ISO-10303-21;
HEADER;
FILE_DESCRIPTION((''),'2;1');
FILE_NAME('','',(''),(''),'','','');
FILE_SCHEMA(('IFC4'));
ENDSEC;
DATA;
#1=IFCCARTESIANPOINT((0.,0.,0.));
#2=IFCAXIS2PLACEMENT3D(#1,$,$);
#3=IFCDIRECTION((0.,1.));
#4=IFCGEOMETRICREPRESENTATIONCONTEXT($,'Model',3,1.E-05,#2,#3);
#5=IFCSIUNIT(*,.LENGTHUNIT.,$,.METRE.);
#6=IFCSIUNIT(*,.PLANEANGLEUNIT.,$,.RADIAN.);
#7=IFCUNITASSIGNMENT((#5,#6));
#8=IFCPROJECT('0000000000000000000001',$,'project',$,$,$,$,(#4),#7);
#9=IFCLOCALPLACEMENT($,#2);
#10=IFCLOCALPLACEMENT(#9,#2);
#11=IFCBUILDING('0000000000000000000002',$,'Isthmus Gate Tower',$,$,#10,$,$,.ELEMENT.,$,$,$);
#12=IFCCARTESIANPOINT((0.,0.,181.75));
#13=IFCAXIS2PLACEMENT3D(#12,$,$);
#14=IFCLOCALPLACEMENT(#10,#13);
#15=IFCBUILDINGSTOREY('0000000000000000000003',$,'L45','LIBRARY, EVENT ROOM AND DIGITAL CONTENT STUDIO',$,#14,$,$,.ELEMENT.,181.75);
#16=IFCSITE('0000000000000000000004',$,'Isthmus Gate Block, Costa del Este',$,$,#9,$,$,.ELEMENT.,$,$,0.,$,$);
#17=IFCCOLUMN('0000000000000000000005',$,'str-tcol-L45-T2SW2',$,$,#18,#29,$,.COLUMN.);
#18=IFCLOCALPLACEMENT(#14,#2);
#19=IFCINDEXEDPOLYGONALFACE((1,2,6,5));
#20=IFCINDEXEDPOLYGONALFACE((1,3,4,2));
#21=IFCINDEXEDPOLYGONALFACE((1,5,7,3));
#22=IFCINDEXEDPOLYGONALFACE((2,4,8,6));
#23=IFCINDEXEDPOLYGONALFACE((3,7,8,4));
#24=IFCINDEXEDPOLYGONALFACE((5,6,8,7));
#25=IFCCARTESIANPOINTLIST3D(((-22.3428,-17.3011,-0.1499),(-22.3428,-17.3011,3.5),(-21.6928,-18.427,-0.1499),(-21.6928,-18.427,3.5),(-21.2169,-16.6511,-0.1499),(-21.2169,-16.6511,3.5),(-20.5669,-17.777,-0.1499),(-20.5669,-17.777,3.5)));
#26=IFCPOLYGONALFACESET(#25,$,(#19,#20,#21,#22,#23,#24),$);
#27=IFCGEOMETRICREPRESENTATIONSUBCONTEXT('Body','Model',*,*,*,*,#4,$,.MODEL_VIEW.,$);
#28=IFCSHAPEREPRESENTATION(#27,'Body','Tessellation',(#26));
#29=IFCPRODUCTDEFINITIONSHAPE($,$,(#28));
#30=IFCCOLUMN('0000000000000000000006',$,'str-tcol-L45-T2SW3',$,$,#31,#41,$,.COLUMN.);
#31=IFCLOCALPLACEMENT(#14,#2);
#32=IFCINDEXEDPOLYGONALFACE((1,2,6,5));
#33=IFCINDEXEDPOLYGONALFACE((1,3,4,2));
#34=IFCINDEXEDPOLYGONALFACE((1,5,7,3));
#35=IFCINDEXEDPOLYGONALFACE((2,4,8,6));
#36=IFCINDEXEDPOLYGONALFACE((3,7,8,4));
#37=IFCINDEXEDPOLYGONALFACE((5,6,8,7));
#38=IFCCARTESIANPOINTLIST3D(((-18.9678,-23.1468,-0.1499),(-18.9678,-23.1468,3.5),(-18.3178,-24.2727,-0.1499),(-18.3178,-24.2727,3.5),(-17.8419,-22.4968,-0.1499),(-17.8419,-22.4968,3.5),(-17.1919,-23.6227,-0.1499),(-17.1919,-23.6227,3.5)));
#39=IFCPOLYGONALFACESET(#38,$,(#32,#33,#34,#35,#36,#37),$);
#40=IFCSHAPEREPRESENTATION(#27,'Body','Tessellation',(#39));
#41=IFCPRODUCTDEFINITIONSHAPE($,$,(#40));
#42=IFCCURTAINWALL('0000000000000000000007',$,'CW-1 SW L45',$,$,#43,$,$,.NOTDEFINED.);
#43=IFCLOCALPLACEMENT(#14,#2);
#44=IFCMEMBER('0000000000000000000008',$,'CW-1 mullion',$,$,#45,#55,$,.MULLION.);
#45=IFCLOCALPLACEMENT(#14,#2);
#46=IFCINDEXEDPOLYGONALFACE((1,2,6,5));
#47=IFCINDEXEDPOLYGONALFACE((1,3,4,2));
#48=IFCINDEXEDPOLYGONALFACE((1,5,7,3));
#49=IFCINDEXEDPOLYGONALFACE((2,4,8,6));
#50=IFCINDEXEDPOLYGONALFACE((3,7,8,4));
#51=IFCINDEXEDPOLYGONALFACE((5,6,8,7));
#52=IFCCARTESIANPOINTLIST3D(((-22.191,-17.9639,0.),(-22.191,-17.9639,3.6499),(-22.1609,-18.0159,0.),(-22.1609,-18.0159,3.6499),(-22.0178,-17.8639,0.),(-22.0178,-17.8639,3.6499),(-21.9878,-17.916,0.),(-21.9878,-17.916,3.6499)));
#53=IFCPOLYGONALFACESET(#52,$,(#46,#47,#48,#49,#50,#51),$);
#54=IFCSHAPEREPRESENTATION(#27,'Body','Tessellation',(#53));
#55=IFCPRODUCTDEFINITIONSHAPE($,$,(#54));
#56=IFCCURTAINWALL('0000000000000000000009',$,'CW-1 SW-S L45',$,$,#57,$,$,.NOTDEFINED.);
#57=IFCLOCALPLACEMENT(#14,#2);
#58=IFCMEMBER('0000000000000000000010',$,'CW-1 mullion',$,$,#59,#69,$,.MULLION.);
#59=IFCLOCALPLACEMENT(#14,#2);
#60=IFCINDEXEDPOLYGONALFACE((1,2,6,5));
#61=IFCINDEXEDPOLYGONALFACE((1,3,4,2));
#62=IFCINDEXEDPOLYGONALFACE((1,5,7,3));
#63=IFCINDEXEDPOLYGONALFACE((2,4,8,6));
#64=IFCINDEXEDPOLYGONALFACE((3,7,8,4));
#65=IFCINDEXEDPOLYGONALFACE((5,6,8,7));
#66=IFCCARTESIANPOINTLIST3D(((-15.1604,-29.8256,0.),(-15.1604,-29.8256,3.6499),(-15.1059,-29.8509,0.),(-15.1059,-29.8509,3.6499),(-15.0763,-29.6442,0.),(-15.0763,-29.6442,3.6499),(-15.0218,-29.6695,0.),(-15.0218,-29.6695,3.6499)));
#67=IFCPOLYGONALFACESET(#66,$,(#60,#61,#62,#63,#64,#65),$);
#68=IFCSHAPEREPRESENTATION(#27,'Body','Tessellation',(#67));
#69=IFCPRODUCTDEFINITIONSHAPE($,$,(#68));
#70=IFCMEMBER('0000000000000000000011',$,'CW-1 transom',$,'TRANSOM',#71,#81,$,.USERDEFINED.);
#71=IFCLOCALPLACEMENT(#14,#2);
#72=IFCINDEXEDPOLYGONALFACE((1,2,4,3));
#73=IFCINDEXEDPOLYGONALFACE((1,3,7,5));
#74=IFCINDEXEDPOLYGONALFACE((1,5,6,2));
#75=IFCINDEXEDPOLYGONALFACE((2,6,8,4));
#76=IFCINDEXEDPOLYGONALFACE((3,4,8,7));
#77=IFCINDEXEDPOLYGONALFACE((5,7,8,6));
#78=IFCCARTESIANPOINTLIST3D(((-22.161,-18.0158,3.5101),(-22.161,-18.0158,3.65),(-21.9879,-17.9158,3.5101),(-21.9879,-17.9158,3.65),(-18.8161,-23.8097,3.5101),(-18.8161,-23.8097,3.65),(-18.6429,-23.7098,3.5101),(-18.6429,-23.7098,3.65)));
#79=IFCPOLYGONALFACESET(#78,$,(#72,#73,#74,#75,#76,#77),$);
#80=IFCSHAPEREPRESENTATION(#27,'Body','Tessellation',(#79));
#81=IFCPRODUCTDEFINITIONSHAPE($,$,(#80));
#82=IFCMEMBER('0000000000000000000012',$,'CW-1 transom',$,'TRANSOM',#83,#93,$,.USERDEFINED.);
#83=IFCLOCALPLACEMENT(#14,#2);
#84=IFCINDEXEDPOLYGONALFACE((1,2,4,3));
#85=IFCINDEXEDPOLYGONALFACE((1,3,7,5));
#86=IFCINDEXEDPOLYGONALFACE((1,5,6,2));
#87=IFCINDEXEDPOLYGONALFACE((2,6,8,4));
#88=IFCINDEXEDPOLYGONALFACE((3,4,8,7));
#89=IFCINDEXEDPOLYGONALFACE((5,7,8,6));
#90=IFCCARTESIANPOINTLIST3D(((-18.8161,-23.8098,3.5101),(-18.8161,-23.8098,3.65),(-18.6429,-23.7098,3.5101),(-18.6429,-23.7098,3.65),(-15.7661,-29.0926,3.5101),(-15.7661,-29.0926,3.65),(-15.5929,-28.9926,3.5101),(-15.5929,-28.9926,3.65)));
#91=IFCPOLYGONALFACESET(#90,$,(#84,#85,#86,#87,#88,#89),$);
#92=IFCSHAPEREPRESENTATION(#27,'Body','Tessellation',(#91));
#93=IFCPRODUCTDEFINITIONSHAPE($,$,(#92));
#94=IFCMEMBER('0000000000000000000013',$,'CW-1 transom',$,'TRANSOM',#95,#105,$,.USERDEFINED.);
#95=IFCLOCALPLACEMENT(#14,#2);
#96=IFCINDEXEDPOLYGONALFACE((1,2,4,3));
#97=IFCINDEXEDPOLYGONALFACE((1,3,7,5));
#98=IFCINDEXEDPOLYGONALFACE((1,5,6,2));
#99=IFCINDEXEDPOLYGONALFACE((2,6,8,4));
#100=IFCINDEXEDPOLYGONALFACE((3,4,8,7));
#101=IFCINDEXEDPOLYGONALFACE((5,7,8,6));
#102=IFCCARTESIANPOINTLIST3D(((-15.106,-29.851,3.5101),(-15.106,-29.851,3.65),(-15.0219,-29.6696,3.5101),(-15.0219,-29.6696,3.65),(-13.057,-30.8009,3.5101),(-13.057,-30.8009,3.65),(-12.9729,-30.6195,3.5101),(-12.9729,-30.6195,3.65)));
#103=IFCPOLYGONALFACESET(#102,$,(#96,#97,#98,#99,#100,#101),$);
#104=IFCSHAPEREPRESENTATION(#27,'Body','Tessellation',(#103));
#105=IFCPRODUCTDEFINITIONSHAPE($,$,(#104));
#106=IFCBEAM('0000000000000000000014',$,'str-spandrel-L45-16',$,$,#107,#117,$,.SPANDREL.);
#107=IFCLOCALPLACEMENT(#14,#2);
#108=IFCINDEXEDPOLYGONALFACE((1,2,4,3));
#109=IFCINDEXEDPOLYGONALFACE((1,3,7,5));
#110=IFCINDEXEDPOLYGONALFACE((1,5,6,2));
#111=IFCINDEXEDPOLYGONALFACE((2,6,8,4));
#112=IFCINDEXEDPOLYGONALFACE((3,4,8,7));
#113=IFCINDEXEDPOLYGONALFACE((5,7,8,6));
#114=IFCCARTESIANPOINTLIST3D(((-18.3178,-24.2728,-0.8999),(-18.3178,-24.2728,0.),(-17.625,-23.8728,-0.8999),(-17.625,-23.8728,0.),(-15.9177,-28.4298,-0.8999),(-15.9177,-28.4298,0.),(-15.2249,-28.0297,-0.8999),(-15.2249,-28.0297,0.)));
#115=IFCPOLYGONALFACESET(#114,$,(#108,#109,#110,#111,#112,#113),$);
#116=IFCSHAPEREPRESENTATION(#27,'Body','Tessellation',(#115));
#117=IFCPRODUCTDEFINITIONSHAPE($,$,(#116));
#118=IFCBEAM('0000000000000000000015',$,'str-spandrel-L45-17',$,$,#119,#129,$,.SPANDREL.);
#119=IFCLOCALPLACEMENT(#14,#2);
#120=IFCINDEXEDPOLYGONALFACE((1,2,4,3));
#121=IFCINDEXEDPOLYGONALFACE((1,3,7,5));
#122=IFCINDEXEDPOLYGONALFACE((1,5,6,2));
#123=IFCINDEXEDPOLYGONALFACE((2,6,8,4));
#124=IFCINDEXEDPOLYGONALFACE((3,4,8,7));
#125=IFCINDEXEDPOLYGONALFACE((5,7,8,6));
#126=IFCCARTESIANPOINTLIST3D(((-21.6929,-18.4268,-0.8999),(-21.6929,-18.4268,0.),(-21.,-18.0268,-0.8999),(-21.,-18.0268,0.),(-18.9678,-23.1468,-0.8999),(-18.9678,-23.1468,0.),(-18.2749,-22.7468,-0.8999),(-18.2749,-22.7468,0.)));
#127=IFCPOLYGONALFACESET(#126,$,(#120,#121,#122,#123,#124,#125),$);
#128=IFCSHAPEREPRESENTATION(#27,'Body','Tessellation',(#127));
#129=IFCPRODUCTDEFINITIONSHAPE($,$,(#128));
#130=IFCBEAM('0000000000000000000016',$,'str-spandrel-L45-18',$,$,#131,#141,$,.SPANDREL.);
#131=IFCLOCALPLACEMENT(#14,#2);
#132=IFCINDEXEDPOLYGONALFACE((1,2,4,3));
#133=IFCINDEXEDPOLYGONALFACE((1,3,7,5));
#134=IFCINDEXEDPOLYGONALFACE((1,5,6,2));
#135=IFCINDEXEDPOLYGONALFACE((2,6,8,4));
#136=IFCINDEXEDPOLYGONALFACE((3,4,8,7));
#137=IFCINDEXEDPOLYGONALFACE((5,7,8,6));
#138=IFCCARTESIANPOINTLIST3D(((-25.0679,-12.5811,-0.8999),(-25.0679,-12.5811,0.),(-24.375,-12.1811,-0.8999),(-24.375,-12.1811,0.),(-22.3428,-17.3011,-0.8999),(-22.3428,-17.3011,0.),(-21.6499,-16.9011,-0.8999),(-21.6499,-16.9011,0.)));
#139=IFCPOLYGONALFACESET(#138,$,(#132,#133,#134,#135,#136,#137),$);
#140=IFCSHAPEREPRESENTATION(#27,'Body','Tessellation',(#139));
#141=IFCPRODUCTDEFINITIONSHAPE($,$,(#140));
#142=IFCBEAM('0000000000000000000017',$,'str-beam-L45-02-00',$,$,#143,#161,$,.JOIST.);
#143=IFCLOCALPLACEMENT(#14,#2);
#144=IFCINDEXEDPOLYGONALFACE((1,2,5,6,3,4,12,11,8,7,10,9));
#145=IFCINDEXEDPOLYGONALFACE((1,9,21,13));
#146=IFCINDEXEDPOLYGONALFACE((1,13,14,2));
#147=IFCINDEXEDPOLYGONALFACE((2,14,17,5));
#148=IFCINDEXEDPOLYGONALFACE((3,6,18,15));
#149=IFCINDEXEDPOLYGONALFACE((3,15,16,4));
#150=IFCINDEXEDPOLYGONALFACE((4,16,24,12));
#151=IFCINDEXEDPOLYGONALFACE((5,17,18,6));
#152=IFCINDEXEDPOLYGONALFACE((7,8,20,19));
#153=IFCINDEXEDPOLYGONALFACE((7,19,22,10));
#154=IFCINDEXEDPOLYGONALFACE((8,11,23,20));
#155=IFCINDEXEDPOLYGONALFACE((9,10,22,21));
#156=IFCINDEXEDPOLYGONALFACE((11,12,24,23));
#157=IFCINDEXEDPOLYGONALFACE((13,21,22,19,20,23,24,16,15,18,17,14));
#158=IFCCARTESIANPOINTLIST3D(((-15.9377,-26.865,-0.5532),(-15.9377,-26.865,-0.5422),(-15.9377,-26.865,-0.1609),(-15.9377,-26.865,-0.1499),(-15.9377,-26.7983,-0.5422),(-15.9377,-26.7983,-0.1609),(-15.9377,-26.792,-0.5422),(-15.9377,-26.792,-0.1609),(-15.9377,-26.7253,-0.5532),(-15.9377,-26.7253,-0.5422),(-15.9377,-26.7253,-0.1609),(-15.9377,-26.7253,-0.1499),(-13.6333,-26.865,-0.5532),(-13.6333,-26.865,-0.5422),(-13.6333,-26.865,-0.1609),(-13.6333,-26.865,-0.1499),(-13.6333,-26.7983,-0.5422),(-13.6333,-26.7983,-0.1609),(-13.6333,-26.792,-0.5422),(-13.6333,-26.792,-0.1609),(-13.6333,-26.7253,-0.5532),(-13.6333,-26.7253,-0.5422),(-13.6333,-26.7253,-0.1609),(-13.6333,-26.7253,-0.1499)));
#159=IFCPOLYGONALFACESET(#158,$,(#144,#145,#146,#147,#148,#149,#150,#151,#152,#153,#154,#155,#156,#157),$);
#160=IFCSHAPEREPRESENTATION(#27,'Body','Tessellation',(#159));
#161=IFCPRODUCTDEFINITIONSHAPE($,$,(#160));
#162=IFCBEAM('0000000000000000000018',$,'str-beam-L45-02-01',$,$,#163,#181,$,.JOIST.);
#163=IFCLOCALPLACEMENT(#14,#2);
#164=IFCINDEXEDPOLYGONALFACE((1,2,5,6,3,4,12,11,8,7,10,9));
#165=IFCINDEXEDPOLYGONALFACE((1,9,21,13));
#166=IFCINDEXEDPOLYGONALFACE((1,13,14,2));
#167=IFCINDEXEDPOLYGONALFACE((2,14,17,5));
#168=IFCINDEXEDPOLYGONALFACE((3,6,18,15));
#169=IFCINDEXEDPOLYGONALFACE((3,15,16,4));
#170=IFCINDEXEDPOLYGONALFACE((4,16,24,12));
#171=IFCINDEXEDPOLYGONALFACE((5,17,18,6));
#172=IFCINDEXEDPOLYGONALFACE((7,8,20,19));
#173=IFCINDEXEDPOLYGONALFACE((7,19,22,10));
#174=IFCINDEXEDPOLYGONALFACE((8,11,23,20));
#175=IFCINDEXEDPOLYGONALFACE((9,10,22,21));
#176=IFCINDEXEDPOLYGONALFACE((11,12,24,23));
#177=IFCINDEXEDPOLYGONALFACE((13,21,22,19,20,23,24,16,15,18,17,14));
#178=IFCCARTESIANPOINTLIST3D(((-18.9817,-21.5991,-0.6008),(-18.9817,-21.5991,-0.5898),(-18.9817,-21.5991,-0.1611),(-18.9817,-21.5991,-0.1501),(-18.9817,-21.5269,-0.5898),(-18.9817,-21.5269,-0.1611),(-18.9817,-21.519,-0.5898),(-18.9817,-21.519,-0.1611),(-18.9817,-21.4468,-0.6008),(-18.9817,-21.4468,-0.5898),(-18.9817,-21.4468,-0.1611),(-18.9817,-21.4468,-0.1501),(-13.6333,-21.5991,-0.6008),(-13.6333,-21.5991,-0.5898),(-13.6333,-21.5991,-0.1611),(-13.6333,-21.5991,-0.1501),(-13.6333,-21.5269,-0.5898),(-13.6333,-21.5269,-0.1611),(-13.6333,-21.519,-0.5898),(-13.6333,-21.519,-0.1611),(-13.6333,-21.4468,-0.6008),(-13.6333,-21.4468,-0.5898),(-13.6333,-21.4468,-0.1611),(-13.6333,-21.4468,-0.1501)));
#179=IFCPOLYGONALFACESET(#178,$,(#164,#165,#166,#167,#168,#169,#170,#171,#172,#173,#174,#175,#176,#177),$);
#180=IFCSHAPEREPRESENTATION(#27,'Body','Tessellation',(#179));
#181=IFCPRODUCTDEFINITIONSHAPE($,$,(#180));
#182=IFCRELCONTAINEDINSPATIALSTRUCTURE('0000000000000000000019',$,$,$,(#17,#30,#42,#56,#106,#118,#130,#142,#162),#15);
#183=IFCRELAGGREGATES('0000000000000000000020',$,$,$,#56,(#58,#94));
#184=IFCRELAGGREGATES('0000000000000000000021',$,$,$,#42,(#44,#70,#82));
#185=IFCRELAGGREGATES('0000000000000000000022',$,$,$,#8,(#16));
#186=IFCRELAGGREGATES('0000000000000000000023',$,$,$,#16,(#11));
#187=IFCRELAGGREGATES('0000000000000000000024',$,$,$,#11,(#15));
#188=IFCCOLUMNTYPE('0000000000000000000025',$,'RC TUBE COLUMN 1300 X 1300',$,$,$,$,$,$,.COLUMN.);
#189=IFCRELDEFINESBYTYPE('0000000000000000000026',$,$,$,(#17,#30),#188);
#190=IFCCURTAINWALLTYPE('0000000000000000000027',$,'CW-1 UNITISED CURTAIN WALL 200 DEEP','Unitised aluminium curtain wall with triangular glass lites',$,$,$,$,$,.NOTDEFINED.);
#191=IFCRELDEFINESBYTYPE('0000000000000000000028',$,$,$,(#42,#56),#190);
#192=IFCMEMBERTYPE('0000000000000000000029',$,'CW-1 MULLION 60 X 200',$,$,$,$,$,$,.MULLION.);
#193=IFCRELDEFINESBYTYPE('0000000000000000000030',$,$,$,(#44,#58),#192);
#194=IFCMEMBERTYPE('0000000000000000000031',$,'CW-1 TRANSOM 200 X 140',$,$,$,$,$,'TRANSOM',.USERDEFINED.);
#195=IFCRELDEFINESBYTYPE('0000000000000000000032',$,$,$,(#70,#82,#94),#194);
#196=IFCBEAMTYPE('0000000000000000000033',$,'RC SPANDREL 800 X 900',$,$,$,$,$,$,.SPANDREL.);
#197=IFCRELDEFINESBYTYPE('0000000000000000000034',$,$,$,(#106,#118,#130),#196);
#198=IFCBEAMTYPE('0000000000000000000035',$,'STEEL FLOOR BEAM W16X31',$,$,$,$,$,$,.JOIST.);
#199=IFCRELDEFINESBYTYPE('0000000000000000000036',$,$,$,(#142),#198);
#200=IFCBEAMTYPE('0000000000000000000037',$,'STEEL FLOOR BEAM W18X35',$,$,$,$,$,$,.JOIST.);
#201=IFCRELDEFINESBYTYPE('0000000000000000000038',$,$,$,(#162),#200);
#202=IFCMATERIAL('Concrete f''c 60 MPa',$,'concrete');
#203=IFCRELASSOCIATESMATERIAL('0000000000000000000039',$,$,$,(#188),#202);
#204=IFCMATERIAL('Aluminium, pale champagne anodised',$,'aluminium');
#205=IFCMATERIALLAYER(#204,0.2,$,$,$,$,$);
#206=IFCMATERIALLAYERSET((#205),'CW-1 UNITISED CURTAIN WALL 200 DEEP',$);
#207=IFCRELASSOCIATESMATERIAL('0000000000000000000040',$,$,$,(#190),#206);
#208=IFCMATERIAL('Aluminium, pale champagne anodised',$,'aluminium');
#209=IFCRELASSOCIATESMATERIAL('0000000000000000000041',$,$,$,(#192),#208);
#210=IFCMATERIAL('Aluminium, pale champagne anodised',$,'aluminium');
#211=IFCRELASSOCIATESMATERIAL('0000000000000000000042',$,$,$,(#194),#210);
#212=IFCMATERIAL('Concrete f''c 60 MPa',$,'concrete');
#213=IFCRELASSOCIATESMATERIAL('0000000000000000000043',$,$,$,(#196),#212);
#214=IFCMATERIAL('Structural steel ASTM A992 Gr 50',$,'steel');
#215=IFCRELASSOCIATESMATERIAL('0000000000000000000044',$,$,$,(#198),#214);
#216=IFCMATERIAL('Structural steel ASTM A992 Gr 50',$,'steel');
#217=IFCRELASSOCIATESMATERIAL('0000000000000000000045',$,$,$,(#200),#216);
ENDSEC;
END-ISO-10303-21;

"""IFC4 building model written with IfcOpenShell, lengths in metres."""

from ifc_helpers import new_model, si_unit, direction, frame, origin, origin_2d, place, context, subcontext, project, spatial, rectangle, i_section, extrude, material, layer, layer_set, material_profile, profile_set, type_object, element, aggregate, save


model = new_model("IFC4")

# Units and contexts
model_context = context("Model", 3, precision=1e-05, world=origin(), true_north=direction((0.0, 1.0)))
body_context = subcontext(model_context, "Body", "Model", "MODEL_VIEW")
ifc_project = project(units=[si_unit("LENGTHUNIT", "METRE"), si_unit("PLANEANGLEUNIT", "RADIAN")], contexts=[model_context])

# Site, building, storey
site_placement = place(None, origin())
site = spatial("IfcSite", under=ifc_project, at=site_placement, Name="Isthmus Gate Block, Costa del Este", CompositionType="ELEMENT", RefElevation=0.0)
building_placement = place(site_placement, origin())
building = spatial("IfcBuilding", under=site, at=building_placement, Name="Isthmus Gate Tower", CompositionType="ELEMENT")
storey_placement = place(building_placement, frame((0.0, 0.0, 181.75)))
storey = spatial("IfcBuildingStorey", under=building, at=storey_placement, Name="L45", Description="LIBRARY, EVENT ROOM AND DIGITAL CONTENT STUDIO", CompositionType="ELEMENT", Elevation=181.75)

# Columns
ifc_material_1 = material(Name="Concrete f'c 60 MPa", Category="concrete")
ifc_material_profile_1 = material_profile(ifc_material_1, rectangle(XDim=1.3, YDim=1.3, at=origin_2d()), Name="RC 1300X1300")
ifc_profile_set_1 = profile_set([ifc_material_profile_1], Name="Concrete f'c 60 MPa")
column_type = type_object("IfcColumnType", Name="RC TUBE COLUMN 1300 X 1300", PredefinedType="COLUMN", material=ifc_profile_set_1)
for number, where, z_axis, x_axis, name in (
    (1, (-21.4548, -17.5391, -0.1499), (0.0, 0.0, 1.0), (0.5, -0.866025, 0.0), "str-tcol-L45-T2SW2"),
    (2, (-18.0798, -23.3848, -0.1499), (0.0, 0.0, 1.0), (0.5, -0.866025, 0.0), "str-tcol-L45-T2SW3"),
):
    element("IfcColumn", number, at=place(storey_placement, frame(where, z_axis=z_axis, x_axis=x_axis)), inside=storey, type_object=column_type, Name=name, PredefinedType="COLUMN", context=body_context, shape_type="SweptSolid", body=[
        extrude(rectangle(XDim=1.3, YDim=1.3, at=origin_2d()), origin(), (0.0, 0.0, 1.0), 3.6499),
    ])

# Curtain walls, members
ifc_material_2 = material(Name="Aluminium, pale champagne anodised", Category="aluminium")
ifc_layer_1 = layer(ifc_material_2, 0.2)
ifc_layer_set_1 = layer_set([ifc_layer_1], Name="CW-1 UNITISED CURTAIN WALL 200 DEEP")
curtain_wall_type = type_object("IfcCurtainWallType", Name="CW-1 UNITISED CURTAIN WALL 200 DEEP", Description="Unitised aluminium curtain wall with triangular glass lites", PredefinedType="NOTDEFINED", material=ifc_layer_set_1)
curtain_wall_1_placement = place(storey_placement, origin())
curtain_wall_1 = element("IfcCurtainWall", 3, at=curtain_wall_1_placement, inside=storey, type_object=curtain_wall_type, Name="CW-1 SW L45", PredefinedType="NOTDEFINED")
ifc_material_3 = material(Name="Aluminium, pale champagne anodised", Category="aluminium")
ifc_material_profile_2 = material_profile(ifc_material_3, rectangle(XDim=0.0601, YDim=0.2, at=origin_2d()), Name="60x200")
ifc_profile_set_2 = profile_set([ifc_material_profile_2], Name="Aluminium, pale champagne anodised")
member_type_1 = type_object("IfcMemberType", Name="CW-1 MULLION 60 X 200", PredefinedType="MULLION", material=ifc_profile_set_2)
member_1_placement = place(storey_placement, frame((-22.0894, -17.9399, 0.0), z_axis=(0.0, 0.0, 1.0), x_axis=(0.5, -0.866025, 0.0)))
member_1 = element("IfcMember", 4, at=member_1_placement, type_object=member_type_1, Name="CW-1 mullion", PredefinedType="MULLION", context=body_context, shape_type="SweptSolid", body=[
    extrude(rectangle(XDim=0.0601, YDim=0.2, at=origin_2d()), origin(), (0.0, 0.0, 1.0), 3.6499),
])
curtain_wall_2_placement = place(storey_placement, origin())
curtain_wall_2 = element("IfcCurtainWall", 5, at=curtain_wall_2_placement, inside=storey, type_object=curtain_wall_type, Name="CW-1 SW-S L45", PredefinedType="NOTDEFINED")
member_2_placement = place(storey_placement, frame((-15.0911, -29.7476, 0.0), z_axis=(0.0, 0.0, 1.0), x_axis=(0.907256, -0.420578, 0.0)))
member_2 = element("IfcMember", 6, at=member_2_placement, type_object=member_type_1, Name="CW-1 mullion", PredefinedType="MULLION", context=body_context, shape_type="SweptSolid", body=[
    extrude(rectangle(XDim=0.0601, YDim=0.2, at=origin_2d()), origin(), (0.0, 0.0, 1.0), 3.6499),
])

# Members
ifc_material_4 = material(Name="Aluminium, pale champagne anodised", Category="aluminium")
ifc_material_profile_3 = material_profile(ifc_material_4, rectangle(XDim=0.2, YDim=0.1399, at=origin_2d()), Name="200x140")
ifc_profile_set_3 = profile_set([ifc_material_profile_3], Name="Aluminium, pale champagne anodised")
member_type_2 = type_object("IfcMemberType", Name="CW-1 TRANSOM 200 X 140", ElementType="TRANSOM", PredefinedType="USERDEFINED", material=ifc_profile_set_3)
member_3_placement = place(storey_placement, frame((-22.0745, -17.9658, 3.5801), z_axis=(0.499981, -0.866036, 0.0), x_axis=(0.866036, 0.499981, 0.0)))
member_3 = element("IfcMember", 7, at=member_3_placement, type_object=member_type_2, Name="CW-1 transom", ObjectType="TRANSOM", PredefinedType="USERDEFINED", context=body_context, shape_type="SweptSolid", body=[
    extrude(rectangle(XDim=0.2, YDim=0.1399, at=origin_2d()), origin(), (0.0, 0.0, 1.0), 6.6902),
])
member_4_placement = place(storey_placement, frame((-18.7295, -23.7598, 3.5801), z_axis=(0.499992, -0.86603, 0.0), x_axis=(0.86603, 0.499992, 0.0)))
member_4 = element("IfcMember", 8, at=member_4_placement, type_object=member_type_2, Name="CW-1 transom", ObjectType="TRANSOM", PredefinedType="USERDEFINED", context=body_context, shape_type="SweptSolid", body=[
    extrude(rectangle(XDim=0.2, YDim=0.1399, at=origin_2d()), origin(), (0.0, 0.0, 1.0), 6.1001),
])
member_5_placement = place(storey_placement, frame((-15.064, -29.7603, 3.5801), z_axis=(0.907246, -0.4206, 0.0), x_axis=(0.4206, 0.907246, 0.0)))
member_5 = element("IfcMember", 9, at=member_5_placement, type_object=member_type_2, Name="CW-1 transom", ObjectType="TRANSOM", PredefinedType="USERDEFINED", context=body_context, shape_type="SweptSolid", body=[
    extrude(rectangle(XDim=0.2, YDim=0.1399, at=origin_2d()), origin(), (0.0, 0.0, 1.0), 2.2585),
])
aggregate(curtain_wall_2, [member_2, member_5])

# Beams
ifc_material_5 = material(Name="Concrete f'c 60 MPa", Category="concrete")
ifc_material_profile_4 = material_profile(ifc_material_5, rectangle(XDim=0.8, YDim=0.8999, at=origin_2d()), Name="RC 800X900")
ifc_profile_set_4 = profile_set([ifc_material_profile_4], Name="Concrete f'c 60 MPa")
beam_type_1 = type_object("IfcBeamType", Name="RC SPANDREL 800 X 900", PredefinedType="SPANDREL", material=ifc_profile_set_4)
beam_1_placement = place(storey_placement, frame((-15.5713, -28.2297, -0.45), z_axis=(-0.500017, 0.866015, 0.0), x_axis=(-0.866015, -0.500017, 0.0)))
element("IfcBeam", 10, at=beam_1_placement, inside=storey, type_object=beam_type_1, Name="str-spandrel-L45-16", PredefinedType="SPANDREL", context=body_context, shape_type="SweptSolid", body=[
    extrude(rectangle(XDim=0.8, YDim=0.8999, at=origin_2d()), origin(), (0.0, 0.0, 1.0), 4.8),
])
for number, where, z_axis, x_axis, name in (
    (11, (-18.6213, -22.9468, -0.45), (-0.500003, 0.866024, 0.0), (-0.866024, -0.500003, 0.0), "str-spandrel-L45-17"),
    (12, (-21.9963, -17.1011, -0.45), (-0.500003, 0.866024, 0.0), (-0.866024, -0.500003, 0.0), "str-spandrel-L45-18"),
):
    element("IfcBeam", number, at=place(storey_placement, frame(where, z_axis=z_axis, x_axis=x_axis)), inside=storey, type_object=beam_type_1, Name=name, PredefinedType="SPANDREL", context=body_context, shape_type="SweptSolid", body=[
        extrude(rectangle(XDim=0.8, YDim=0.8999, at=origin_2d()), origin(), (0.0, 0.0, 1.0), 5.4502),
    ])
ifc_material_6 = material(Name="Structural steel ASTM A992 Gr 50", Category="steel")
ifc_material_profile_5 = material_profile(ifc_material_6, i_section(OverallWidth=0.1396, OverallDepth=0.4033, WebThickness=0.0063, FlangeThickness=0.011, at=origin_2d()), Name="W16X31")
ifc_profile_set_5 = profile_set([ifc_material_profile_5], Name="Structural steel ASTM A992 Gr 50")
beam_type_2 = type_object("IfcBeamType", Name="STEEL FLOOR BEAM W16X31", PredefinedType="JOIST", material=ifc_profile_set_5)
beam_2_placement = place(storey_placement, frame((-15.9377, -26.7952, -0.3516), z_axis=(1.0, 0.0, 0.0), x_axis=(0.0, 1.0, 0.0)))
element("IfcBeam", 13, at=beam_2_placement, inside=storey, type_object=beam_type_2, Name="str-beam-L45-02-00", PredefinedType="JOIST", context=body_context, shape_type="SweptSolid", body=[
    extrude(i_section(OverallWidth=0.1396, OverallDepth=0.4033, WebThickness=0.0063, FlangeThickness=0.011, at=origin_2d()), origin(), (0.0, 0.0, 1.0), 2.3044),
])
ifc_material_7 = material(Name="Structural steel ASTM A992 Gr 50", Category="steel")
ifc_material_profile_6 = material_profile(ifc_material_7, i_section(OverallWidth=0.1523, OverallDepth=0.4507, WebThickness=0.0078, FlangeThickness=0.011, at=origin_2d()), Name="W18X35")
ifc_profile_set_6 = profile_set([ifc_material_profile_6], Name="Structural steel ASTM A992 Gr 50")
beam_type_3 = type_object("IfcBeamType", Name="STEEL FLOOR BEAM W18X35", PredefinedType="JOIST", material=ifc_profile_set_6)
beam_3_placement = place(storey_placement, frame((-18.9817, -21.5229, -0.3755), z_axis=(1.0, 0.0, 0.0), x_axis=(0.0, 1.0, 0.0)))
element("IfcBeam", 14, at=beam_3_placement, inside=storey, type_object=beam_type_3, Name="str-beam-L45-02-01", PredefinedType="JOIST", context=body_context, shape_type="SweptSolid", body=[
    extrude(i_section(OverallWidth=0.1523, OverallDepth=0.4507, WebThickness=0.0078, FlangeThickness=0.011, at=origin_2d()), origin(), (0.0, 0.0, 1.0), 5.3484),
])

aggregate(curtain_wall_1, [member_1, member_3, member_4])

save(model, "model.ifc")
